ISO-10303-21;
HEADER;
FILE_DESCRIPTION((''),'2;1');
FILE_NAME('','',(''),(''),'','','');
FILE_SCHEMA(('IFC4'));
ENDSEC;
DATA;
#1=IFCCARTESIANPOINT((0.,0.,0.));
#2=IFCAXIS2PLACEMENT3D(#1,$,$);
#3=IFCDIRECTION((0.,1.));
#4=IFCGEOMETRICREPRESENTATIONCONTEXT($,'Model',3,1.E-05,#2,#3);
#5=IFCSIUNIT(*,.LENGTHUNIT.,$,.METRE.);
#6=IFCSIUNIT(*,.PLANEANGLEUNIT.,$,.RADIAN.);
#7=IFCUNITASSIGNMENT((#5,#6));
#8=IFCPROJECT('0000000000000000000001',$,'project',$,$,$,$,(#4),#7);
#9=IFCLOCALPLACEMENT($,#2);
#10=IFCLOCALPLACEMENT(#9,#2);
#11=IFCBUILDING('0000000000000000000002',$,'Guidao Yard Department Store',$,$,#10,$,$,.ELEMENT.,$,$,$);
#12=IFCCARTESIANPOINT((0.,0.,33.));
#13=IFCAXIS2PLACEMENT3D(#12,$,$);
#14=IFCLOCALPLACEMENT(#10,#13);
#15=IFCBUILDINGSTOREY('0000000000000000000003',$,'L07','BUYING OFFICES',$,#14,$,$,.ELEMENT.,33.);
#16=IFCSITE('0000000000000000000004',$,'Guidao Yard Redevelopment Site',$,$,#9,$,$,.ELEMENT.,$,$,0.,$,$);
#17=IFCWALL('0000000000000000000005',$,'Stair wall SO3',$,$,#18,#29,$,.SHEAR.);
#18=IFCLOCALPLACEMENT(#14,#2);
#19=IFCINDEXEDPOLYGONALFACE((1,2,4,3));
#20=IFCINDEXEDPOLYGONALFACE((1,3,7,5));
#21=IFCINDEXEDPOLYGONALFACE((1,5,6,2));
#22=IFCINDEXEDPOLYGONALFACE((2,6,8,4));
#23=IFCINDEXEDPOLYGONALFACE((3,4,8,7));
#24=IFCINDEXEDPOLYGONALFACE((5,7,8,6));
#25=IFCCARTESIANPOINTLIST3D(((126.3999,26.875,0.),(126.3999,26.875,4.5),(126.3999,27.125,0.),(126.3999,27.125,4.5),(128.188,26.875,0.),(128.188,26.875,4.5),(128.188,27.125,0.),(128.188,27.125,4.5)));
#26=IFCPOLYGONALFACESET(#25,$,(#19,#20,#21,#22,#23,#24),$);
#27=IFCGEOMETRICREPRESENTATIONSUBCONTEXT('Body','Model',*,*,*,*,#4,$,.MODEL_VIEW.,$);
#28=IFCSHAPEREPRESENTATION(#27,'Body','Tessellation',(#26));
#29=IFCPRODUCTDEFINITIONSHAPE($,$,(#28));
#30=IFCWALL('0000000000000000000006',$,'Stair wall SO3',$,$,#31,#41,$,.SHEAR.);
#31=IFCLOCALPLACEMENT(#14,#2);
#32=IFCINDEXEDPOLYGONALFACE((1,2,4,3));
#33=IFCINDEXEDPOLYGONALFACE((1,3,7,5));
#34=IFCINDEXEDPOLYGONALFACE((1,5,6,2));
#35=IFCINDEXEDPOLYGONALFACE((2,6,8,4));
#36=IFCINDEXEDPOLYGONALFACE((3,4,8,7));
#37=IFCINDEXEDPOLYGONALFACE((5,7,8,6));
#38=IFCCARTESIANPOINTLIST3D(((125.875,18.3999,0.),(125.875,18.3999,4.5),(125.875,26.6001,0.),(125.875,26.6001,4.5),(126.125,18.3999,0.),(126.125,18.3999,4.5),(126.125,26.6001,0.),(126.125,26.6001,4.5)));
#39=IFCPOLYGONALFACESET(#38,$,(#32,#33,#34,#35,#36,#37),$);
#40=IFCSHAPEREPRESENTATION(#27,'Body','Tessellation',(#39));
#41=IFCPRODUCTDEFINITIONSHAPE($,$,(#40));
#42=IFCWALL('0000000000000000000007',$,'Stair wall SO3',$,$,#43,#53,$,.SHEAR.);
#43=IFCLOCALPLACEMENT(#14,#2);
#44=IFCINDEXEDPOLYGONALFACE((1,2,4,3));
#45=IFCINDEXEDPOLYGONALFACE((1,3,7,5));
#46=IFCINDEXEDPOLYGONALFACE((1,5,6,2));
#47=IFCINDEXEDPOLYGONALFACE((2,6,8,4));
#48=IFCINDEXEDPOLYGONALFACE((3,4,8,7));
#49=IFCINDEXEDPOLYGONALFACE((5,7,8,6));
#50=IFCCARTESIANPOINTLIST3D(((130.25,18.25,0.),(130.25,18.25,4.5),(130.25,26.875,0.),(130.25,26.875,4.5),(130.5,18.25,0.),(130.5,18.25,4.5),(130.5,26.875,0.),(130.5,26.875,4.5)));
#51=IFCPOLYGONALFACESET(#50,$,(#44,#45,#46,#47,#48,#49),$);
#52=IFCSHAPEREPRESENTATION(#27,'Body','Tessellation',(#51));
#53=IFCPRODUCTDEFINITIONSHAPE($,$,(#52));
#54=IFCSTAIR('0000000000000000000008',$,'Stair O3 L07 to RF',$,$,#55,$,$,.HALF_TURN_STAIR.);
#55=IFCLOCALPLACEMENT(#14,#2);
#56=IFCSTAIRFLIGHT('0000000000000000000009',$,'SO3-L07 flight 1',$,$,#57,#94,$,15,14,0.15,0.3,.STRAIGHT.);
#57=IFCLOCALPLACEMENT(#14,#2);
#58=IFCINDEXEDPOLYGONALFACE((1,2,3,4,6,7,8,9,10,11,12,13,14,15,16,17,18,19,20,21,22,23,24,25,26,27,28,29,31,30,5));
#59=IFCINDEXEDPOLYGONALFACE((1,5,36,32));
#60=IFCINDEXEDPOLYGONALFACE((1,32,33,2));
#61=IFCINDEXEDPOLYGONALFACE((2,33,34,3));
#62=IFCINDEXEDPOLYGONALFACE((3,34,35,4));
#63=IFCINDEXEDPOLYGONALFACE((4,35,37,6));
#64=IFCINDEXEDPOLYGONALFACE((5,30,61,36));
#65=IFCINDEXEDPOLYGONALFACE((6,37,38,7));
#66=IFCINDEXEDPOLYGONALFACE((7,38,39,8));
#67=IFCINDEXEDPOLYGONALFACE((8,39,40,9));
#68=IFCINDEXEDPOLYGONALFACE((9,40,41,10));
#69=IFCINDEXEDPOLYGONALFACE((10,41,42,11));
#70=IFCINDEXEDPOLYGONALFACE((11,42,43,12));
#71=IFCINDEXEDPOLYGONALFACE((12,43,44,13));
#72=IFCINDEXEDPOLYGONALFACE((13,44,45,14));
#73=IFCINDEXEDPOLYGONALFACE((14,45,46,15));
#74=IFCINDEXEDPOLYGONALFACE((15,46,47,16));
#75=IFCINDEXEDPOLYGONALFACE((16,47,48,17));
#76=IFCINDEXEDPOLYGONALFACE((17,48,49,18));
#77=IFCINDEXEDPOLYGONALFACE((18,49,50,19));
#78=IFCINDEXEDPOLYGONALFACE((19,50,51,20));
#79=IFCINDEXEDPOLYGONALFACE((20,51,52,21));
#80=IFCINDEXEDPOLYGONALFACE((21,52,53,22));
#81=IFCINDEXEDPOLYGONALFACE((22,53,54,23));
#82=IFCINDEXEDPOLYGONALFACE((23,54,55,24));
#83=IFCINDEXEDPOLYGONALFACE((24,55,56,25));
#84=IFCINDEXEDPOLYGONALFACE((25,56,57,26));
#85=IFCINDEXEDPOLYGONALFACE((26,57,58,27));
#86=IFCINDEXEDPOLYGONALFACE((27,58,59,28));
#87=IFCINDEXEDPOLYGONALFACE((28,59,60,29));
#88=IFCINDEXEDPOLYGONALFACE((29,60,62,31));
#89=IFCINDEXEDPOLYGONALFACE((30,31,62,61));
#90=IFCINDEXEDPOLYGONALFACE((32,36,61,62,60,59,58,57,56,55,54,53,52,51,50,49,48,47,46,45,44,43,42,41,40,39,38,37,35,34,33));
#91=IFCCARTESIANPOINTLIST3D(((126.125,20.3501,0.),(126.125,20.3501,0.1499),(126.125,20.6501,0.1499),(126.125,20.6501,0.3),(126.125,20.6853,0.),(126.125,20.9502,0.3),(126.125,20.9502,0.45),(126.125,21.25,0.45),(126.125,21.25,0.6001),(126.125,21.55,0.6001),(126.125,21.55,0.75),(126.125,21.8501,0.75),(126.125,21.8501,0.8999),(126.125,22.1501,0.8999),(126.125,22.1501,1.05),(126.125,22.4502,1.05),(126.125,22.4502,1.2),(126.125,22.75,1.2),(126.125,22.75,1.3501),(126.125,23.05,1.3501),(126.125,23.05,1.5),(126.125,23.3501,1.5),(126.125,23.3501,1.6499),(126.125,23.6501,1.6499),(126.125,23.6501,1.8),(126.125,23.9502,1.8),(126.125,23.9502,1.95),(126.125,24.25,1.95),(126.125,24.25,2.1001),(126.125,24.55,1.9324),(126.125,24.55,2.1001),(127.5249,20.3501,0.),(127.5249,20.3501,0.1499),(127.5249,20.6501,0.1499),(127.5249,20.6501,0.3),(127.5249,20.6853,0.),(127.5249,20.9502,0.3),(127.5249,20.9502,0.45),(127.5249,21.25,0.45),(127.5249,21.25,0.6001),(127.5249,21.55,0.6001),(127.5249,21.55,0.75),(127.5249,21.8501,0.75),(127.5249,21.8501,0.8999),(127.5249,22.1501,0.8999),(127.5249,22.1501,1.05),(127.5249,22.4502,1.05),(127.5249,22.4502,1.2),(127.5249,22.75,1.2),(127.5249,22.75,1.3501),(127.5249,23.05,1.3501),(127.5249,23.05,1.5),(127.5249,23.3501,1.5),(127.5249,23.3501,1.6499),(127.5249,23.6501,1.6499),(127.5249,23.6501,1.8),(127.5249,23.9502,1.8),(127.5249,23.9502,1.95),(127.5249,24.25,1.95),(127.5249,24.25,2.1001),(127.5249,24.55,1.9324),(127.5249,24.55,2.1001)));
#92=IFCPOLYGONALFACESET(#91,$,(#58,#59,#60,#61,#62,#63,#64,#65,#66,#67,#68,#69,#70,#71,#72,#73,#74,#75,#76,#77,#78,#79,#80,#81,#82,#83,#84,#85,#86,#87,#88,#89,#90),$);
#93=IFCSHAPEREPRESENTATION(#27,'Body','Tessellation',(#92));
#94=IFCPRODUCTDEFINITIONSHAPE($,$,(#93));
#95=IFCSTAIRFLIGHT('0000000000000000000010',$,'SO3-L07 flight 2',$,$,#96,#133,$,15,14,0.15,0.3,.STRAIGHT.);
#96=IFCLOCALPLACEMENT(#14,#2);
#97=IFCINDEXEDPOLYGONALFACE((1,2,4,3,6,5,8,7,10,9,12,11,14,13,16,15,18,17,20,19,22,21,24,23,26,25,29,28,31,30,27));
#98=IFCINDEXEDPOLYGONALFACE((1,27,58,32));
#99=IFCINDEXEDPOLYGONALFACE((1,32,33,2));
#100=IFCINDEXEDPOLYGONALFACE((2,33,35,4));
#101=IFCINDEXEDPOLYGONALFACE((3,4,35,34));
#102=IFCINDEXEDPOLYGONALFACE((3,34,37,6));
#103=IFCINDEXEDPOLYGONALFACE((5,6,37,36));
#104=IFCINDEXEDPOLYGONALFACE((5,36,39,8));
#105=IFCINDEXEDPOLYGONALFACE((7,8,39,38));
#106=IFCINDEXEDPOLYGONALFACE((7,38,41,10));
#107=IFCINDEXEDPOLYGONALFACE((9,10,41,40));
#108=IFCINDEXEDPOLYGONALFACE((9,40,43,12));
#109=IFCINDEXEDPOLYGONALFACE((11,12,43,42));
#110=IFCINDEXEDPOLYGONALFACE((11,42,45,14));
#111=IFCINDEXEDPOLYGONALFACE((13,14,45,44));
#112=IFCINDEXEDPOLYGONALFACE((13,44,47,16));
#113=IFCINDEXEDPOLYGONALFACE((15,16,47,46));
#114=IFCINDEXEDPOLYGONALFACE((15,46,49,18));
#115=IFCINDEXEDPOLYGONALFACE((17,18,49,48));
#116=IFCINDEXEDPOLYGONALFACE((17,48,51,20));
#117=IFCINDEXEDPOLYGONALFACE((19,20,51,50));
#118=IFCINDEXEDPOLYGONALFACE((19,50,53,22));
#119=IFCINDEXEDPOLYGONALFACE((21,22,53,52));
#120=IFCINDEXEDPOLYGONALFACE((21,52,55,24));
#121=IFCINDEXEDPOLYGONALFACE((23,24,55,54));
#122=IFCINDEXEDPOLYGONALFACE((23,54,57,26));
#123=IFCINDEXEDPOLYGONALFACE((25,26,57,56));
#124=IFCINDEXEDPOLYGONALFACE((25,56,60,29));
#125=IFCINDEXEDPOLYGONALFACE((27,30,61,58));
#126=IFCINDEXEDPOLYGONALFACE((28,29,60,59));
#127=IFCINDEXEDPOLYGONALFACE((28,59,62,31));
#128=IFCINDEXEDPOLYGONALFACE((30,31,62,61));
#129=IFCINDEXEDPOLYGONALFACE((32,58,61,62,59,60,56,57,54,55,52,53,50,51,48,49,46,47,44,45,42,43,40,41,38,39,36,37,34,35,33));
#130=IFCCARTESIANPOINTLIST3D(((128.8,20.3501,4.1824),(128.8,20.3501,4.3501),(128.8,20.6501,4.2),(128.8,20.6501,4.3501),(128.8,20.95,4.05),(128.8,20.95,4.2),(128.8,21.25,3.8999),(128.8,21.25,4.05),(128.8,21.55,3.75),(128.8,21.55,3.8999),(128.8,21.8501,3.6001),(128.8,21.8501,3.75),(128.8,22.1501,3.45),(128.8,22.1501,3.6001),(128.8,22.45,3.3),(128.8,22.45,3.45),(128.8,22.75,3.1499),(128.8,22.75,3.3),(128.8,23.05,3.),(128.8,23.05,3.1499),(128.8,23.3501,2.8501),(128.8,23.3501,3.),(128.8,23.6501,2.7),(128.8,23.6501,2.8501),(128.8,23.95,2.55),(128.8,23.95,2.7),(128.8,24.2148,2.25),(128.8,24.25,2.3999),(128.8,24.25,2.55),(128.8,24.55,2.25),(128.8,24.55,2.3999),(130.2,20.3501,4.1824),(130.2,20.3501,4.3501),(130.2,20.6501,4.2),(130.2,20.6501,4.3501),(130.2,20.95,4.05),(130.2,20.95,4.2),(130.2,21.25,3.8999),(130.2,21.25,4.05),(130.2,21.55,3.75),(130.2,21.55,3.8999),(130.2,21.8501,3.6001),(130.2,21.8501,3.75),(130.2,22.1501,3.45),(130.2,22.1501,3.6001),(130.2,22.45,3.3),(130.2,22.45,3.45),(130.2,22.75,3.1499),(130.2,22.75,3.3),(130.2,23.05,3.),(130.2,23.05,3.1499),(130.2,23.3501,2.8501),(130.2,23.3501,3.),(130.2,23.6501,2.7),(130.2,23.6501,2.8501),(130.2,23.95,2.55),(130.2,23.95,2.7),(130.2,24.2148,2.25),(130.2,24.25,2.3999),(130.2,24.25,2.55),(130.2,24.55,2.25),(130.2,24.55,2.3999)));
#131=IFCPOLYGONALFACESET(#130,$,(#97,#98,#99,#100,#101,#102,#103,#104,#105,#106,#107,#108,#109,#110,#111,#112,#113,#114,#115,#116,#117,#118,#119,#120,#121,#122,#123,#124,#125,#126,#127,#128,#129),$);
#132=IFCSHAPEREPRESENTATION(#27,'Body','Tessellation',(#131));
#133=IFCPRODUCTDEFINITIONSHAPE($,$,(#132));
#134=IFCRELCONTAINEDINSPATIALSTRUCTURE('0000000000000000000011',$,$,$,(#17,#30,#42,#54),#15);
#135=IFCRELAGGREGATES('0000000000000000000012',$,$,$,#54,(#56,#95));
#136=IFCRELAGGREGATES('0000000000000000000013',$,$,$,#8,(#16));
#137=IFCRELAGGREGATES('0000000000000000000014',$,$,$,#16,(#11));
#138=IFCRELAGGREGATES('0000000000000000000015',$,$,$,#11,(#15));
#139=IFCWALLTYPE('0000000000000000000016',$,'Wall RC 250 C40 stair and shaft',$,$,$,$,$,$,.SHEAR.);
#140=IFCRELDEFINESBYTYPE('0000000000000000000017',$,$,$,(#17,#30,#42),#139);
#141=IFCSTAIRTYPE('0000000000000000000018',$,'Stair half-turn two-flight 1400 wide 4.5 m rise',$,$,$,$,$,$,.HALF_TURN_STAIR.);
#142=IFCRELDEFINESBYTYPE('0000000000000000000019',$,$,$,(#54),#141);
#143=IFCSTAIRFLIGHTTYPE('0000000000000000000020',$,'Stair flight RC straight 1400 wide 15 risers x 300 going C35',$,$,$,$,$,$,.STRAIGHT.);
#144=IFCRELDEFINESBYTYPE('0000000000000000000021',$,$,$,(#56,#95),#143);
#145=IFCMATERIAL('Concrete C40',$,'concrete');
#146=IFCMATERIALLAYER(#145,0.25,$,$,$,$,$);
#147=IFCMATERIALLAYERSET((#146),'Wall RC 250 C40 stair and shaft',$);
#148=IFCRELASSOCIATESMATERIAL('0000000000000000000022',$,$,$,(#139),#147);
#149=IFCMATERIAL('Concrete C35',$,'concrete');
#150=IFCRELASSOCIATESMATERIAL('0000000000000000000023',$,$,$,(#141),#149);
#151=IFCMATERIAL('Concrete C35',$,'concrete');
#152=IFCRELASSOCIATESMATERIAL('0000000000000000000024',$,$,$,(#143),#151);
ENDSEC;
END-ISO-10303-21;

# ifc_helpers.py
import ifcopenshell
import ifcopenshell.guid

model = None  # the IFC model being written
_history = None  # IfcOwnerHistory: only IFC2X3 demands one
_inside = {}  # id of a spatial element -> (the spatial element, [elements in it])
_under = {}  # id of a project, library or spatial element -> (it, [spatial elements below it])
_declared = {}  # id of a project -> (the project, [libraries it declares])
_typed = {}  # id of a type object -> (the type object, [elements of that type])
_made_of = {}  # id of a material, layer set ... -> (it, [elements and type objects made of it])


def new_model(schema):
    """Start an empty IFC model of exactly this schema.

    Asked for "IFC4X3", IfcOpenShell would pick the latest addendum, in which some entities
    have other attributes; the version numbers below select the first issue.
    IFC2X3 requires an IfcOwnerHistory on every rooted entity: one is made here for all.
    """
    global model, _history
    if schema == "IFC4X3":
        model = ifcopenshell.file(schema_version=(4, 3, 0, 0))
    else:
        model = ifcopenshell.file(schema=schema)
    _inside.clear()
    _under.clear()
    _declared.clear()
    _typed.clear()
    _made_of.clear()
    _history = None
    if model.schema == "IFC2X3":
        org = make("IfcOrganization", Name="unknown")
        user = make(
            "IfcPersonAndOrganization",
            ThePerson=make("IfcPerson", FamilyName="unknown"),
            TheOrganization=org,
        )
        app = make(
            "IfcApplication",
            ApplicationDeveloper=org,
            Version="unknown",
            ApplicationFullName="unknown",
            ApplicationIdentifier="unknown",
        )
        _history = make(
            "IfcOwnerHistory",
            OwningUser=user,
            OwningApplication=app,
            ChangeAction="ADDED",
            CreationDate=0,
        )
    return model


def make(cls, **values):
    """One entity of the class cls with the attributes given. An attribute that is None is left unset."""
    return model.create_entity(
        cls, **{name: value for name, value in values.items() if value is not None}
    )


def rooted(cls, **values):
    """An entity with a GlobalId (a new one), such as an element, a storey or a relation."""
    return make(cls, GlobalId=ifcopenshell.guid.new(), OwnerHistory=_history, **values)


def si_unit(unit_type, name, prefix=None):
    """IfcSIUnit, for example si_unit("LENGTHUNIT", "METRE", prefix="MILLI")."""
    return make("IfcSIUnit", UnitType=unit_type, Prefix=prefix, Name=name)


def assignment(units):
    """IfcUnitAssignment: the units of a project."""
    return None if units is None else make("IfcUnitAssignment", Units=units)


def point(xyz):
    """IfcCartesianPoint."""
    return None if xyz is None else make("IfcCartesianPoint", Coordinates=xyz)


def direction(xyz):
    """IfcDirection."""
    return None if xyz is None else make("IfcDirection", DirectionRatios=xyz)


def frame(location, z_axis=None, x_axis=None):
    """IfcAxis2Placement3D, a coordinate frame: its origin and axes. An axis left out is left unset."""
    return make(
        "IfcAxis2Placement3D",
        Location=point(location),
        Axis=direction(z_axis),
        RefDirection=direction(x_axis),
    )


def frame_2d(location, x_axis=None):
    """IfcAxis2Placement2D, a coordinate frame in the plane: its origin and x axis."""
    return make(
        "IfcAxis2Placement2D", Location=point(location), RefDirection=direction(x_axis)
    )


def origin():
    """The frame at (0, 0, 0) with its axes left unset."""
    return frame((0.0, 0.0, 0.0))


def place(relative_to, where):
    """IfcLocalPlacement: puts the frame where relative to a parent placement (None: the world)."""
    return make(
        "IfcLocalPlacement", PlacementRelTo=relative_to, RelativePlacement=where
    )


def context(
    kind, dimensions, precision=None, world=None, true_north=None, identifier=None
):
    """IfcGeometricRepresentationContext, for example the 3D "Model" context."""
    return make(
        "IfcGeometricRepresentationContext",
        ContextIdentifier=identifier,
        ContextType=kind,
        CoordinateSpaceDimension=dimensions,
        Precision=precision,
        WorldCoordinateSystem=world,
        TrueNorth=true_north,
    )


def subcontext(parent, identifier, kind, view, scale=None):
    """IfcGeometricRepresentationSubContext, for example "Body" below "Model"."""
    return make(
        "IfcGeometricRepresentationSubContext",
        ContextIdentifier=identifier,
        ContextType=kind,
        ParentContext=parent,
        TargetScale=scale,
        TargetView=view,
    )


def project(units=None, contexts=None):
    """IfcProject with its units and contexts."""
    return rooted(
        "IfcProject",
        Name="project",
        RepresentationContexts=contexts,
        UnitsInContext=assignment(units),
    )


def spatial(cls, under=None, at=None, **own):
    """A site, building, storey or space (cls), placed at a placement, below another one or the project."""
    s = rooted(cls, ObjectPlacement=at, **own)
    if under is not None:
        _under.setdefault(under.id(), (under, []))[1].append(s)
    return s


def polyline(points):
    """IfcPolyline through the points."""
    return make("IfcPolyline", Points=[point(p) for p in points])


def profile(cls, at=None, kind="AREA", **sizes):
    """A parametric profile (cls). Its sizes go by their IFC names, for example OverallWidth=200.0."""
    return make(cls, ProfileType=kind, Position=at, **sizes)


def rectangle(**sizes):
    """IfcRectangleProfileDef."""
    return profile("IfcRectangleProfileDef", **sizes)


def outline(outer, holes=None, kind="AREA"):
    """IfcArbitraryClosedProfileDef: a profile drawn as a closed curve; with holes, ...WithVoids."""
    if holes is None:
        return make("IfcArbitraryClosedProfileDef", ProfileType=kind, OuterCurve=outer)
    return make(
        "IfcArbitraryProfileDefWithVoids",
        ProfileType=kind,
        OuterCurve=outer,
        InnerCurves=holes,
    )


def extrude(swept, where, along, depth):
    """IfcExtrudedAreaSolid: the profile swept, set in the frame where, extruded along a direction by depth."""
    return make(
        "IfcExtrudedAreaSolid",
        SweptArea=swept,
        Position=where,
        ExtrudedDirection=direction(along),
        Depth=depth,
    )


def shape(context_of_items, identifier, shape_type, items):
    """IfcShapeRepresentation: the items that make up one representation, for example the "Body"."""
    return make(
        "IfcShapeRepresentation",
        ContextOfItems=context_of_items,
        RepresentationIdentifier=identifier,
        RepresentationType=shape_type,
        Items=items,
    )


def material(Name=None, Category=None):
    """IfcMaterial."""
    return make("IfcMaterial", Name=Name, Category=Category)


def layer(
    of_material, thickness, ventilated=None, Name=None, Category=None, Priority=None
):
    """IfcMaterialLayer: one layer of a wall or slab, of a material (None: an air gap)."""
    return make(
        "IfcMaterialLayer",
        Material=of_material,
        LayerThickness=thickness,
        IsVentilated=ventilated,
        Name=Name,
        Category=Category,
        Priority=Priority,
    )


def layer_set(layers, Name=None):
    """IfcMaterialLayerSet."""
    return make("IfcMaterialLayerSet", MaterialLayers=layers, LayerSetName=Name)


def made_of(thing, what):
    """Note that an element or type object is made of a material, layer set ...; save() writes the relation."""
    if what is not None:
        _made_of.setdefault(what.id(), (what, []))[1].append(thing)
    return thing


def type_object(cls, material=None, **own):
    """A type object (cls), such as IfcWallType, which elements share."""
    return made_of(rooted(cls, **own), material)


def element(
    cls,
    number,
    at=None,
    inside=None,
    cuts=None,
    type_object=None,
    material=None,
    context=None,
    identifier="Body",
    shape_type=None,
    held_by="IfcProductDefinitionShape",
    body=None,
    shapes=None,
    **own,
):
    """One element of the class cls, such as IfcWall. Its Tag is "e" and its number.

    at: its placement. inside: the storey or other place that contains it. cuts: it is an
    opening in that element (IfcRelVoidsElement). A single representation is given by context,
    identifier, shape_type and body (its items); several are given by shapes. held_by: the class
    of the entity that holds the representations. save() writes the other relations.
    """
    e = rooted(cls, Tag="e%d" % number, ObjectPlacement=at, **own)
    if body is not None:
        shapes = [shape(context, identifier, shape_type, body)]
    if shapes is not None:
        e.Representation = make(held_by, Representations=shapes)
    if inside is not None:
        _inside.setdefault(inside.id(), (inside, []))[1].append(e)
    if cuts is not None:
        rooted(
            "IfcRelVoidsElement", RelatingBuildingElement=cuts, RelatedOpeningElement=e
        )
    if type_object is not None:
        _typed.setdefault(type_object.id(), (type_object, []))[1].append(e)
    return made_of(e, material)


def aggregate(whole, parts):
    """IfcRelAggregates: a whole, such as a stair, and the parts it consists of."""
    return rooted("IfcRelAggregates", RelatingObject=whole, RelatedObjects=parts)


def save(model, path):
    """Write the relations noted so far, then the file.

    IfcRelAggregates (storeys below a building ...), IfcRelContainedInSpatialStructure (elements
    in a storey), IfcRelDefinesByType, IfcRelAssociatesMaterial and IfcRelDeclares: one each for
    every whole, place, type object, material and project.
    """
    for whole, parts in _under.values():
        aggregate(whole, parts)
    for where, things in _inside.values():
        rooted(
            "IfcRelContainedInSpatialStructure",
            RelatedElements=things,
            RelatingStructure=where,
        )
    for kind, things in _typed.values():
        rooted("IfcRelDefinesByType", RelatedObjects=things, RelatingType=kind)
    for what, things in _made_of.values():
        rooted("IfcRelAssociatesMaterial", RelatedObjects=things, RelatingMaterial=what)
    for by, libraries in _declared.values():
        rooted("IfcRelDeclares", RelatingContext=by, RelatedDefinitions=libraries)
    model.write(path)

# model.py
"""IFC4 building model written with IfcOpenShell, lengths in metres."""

from ifc_helpers import new_model, si_unit, direction, frame, frame_2d, origin, place, context, subcontext, project, spatial, polyline, rectangle, outline, extrude, material, layer, layer_set, type_object, element, aggregate, save


model = new_model("IFC4")

# Units and contexts
model_context = context("Model", 3, precision=1e-05, world=origin(), true_north=direction((0.0, 1.0)))
body_context = subcontext(model_context, "Body", "Model", "MODEL_VIEW")
ifc_project = project(units=[si_unit("LENGTHUNIT", "METRE"), si_unit("PLANEANGLEUNIT", "RADIAN")], contexts=[model_context])

# Site, building, storey
site_placement = place(None, origin())
site = spatial("IfcSite", under=ifc_project, at=site_placement, Name="Guidao Yard Redevelopment Site", CompositionType="ELEMENT", RefElevation=0.0)
building_placement = place(site_placement, origin())
building = spatial("IfcBuilding", under=site, at=building_placement, Name="Guidao Yard Department Store", CompositionType="ELEMENT")
storey_placement = place(building_placement, frame((0.0, 0.0, 33.0)))
storey = spatial("IfcBuildingStorey", under=building, at=storey_placement, Name="L07", Description="BUYING OFFICES", CompositionType="ELEMENT", Elevation=33.0)

# Shared definitions
ifc_material_1 = material(Name="Concrete C40", Category="concrete")
ifc_layer_1 = layer(ifc_material_1, 0.25)
ifc_layer_set_1 = layer_set([ifc_layer_1], Name="Wall RC 250 C40 stair and shaft")
wall_type_1 = type_object("IfcWallType", Name="Wall RC 250 C40 stair and shaft", PredefinedType="SHEAR", material=ifc_layer_set_1)

# Walls
wall_1_placement = place(storey_placement, frame((126.3999, 27.0, 0.0), z_axis=(0.0, 0.0, 1.0), x_axis=(1.0, 0.0, 0.0)))
element("IfcWall", 1, at=wall_1_placement, inside=storey, type_object=wall_type_1, Name="Stair wall SO3", PredefinedType="SHEAR", context=body_context, shape_type="SweptSolid", body=[
    extrude(rectangle(XDim=1.7881, YDim=0.25, at=frame_2d((0.894, 0.0))), origin(), (0.0, 0.0, 1.0), 4.5),
])
wall_2_placement = place(storey_placement, frame((126.0, 18.3999, 0.0), z_axis=(0.0, 0.0, 1.0), x_axis=(0.0, 1.0, 0.0)))
element("IfcWall", 2, at=wall_2_placement, inside=storey, type_object=wall_type_1, Name="Stair wall SO3", PredefinedType="SHEAR", context=body_context, shape_type="SweptSolid", body=[
    extrude(rectangle(XDim=8.2002, YDim=0.25, at=frame_2d((4.1001, 0.0))), origin(), (0.0, 0.0, 1.0), 4.5),
])
wall_3_placement = place(storey_placement, frame((130.375, 18.25, 0.0), z_axis=(0.0, 0.0, 1.0), x_axis=(0.0, 1.0, 0.0)))
element("IfcWall", 3, at=wall_3_placement, inside=storey, type_object=wall_type_1, Name="Stair wall SO3", PredefinedType="SHEAR", context=body_context, shape_type="SweptSolid", body=[
    extrude(rectangle(XDim=8.625, YDim=0.25, at=frame_2d((4.3125, 0.0))), origin(), (0.0, 0.0, 1.0), 4.5),
])

# Stair, stair flights
ifc_material_2 = material(Name="Concrete C35", Category="concrete")
stair_type = type_object("IfcStairType", Name="Stair half-turn two-flight 1400 wide 4.5 m rise", PredefinedType="HALF_TURN_STAIR", material=ifc_material_2)
stair_placement = place(storey_placement, origin())
stair = element("IfcStair", 4, at=stair_placement, inside=storey, type_object=stair_type, Name="Stair O3 L07 to RF", PredefinedType="HALF_TURN_STAIR")
ifc_material_3 = material(Name="Concrete C35", Category="concrete")
stair_flight_type = type_object("IfcStairFlightType", Name="Stair flight RC straight 1400 wide 15 risers x 300 going C35", PredefinedType="STRAIGHT", material=ifc_material_3)
stair_flight_1_placement = place(storey_placement, frame((126.825, 20.3501, 0.0), z_axis=(0.0, 0.0, 1.0), x_axis=(0.0, 1.0, 0.0)))
stair_flight_1 = element("IfcStairFlight", 5, at=stair_flight_1_placement, type_object=stair_flight_type, Name="SO3-L07 flight 1", NumberOfRisers=15, NumberOfTreads=14, PredefinedType="STRAIGHT", RiserHeight=0.15, TreadLength=0.3, context=body_context, shape_type="SweptSolid", body=[
    extrude(outline(polyline([(0.0, 0.0), (0.0, 0.1499), (0.3, 0.1499), (0.3, 0.3), (0.6001, 0.3), (0.6001, 0.45), (0.8999, 0.45), (0.8999, 0.6001), (1.2, 0.6001), (1.2, 0.75), (1.5, 0.75), (1.5, 0.8999), (1.8, 0.8999), (1.8, 1.05), (2.1001, 1.05), (2.1001, 1.2), (2.3999, 1.2), (2.3999, 1.3501), (2.7, 1.3501), (2.7, 1.5), (3.0, 1.5), (3.0, 1.6499), (3.3, 1.6499), (3.3, 1.8), (3.6001, 1.8), (3.6001, 1.95), (3.8999, 1.95), (3.8999, 2.1001), (4.2, 2.1001), (4.2, 2.25), (4.2, 1.9324), (0.3352, 0.0), (0.0, 0.0)])), frame((0.0, 0.7, 0.0), z_axis=(0.0, -1.0, 0.0), x_axis=(1.0, 0.0, 0.0)), (0.0, 0.0, 1.0), 1.3999),
])
stair_flight_2_placement = place(storey_placement, frame((129.5, 24.55, 2.25), z_axis=(0.0, 0.0, 1.0), x_axis=(0.0, -1.0, 0.0)))
stair_flight_2 = element("IfcStairFlight", 6, at=stair_flight_2_placement, type_object=stair_flight_type, Name="SO3-L07 flight 2", NumberOfRisers=15, NumberOfTreads=14, PredefinedType="STRAIGHT", RiserHeight=0.15, TreadLength=0.3, context=body_context, shape_type="SweptSolid", body=[
    extrude(outline(polyline([(0.0, 0.0), (0.0, 0.1499), (0.3, 0.1499), (0.3, 0.3), (0.6001, 0.3), (0.6001, 0.45), (0.8999, 0.45), (0.8999, 0.6001), (1.2, 0.6001), (1.2, 0.75), (1.5, 0.75), (1.5, 0.8999), (1.8, 0.8999), (1.8, 1.05), (2.1001, 1.05), (2.1001, 1.2), (2.3999, 1.2), (2.3999, 1.3501), (2.7, 1.3501), (2.7, 1.5), (3.0, 1.5), (3.0, 1.6499), (3.3, 1.6499), (3.3, 1.8), (3.6001, 1.8), (3.6001, 1.95), (3.8999, 1.95), (3.8999, 2.1001), (4.2, 2.1001), (4.2, 2.25), (4.2, 1.9324), (0.3352, 0.0), (0.0, 0.0)])), frame((0.0, 0.7, 0.0), z_axis=(0.0, -1.0, 0.0), x_axis=(1.0, 0.0, 0.0)), (0.0, 0.0, 1.0), 1.3999),
])
aggregate(stair, [stair_flight_1, stair_flight_2])

save(model, "model.ifc")
